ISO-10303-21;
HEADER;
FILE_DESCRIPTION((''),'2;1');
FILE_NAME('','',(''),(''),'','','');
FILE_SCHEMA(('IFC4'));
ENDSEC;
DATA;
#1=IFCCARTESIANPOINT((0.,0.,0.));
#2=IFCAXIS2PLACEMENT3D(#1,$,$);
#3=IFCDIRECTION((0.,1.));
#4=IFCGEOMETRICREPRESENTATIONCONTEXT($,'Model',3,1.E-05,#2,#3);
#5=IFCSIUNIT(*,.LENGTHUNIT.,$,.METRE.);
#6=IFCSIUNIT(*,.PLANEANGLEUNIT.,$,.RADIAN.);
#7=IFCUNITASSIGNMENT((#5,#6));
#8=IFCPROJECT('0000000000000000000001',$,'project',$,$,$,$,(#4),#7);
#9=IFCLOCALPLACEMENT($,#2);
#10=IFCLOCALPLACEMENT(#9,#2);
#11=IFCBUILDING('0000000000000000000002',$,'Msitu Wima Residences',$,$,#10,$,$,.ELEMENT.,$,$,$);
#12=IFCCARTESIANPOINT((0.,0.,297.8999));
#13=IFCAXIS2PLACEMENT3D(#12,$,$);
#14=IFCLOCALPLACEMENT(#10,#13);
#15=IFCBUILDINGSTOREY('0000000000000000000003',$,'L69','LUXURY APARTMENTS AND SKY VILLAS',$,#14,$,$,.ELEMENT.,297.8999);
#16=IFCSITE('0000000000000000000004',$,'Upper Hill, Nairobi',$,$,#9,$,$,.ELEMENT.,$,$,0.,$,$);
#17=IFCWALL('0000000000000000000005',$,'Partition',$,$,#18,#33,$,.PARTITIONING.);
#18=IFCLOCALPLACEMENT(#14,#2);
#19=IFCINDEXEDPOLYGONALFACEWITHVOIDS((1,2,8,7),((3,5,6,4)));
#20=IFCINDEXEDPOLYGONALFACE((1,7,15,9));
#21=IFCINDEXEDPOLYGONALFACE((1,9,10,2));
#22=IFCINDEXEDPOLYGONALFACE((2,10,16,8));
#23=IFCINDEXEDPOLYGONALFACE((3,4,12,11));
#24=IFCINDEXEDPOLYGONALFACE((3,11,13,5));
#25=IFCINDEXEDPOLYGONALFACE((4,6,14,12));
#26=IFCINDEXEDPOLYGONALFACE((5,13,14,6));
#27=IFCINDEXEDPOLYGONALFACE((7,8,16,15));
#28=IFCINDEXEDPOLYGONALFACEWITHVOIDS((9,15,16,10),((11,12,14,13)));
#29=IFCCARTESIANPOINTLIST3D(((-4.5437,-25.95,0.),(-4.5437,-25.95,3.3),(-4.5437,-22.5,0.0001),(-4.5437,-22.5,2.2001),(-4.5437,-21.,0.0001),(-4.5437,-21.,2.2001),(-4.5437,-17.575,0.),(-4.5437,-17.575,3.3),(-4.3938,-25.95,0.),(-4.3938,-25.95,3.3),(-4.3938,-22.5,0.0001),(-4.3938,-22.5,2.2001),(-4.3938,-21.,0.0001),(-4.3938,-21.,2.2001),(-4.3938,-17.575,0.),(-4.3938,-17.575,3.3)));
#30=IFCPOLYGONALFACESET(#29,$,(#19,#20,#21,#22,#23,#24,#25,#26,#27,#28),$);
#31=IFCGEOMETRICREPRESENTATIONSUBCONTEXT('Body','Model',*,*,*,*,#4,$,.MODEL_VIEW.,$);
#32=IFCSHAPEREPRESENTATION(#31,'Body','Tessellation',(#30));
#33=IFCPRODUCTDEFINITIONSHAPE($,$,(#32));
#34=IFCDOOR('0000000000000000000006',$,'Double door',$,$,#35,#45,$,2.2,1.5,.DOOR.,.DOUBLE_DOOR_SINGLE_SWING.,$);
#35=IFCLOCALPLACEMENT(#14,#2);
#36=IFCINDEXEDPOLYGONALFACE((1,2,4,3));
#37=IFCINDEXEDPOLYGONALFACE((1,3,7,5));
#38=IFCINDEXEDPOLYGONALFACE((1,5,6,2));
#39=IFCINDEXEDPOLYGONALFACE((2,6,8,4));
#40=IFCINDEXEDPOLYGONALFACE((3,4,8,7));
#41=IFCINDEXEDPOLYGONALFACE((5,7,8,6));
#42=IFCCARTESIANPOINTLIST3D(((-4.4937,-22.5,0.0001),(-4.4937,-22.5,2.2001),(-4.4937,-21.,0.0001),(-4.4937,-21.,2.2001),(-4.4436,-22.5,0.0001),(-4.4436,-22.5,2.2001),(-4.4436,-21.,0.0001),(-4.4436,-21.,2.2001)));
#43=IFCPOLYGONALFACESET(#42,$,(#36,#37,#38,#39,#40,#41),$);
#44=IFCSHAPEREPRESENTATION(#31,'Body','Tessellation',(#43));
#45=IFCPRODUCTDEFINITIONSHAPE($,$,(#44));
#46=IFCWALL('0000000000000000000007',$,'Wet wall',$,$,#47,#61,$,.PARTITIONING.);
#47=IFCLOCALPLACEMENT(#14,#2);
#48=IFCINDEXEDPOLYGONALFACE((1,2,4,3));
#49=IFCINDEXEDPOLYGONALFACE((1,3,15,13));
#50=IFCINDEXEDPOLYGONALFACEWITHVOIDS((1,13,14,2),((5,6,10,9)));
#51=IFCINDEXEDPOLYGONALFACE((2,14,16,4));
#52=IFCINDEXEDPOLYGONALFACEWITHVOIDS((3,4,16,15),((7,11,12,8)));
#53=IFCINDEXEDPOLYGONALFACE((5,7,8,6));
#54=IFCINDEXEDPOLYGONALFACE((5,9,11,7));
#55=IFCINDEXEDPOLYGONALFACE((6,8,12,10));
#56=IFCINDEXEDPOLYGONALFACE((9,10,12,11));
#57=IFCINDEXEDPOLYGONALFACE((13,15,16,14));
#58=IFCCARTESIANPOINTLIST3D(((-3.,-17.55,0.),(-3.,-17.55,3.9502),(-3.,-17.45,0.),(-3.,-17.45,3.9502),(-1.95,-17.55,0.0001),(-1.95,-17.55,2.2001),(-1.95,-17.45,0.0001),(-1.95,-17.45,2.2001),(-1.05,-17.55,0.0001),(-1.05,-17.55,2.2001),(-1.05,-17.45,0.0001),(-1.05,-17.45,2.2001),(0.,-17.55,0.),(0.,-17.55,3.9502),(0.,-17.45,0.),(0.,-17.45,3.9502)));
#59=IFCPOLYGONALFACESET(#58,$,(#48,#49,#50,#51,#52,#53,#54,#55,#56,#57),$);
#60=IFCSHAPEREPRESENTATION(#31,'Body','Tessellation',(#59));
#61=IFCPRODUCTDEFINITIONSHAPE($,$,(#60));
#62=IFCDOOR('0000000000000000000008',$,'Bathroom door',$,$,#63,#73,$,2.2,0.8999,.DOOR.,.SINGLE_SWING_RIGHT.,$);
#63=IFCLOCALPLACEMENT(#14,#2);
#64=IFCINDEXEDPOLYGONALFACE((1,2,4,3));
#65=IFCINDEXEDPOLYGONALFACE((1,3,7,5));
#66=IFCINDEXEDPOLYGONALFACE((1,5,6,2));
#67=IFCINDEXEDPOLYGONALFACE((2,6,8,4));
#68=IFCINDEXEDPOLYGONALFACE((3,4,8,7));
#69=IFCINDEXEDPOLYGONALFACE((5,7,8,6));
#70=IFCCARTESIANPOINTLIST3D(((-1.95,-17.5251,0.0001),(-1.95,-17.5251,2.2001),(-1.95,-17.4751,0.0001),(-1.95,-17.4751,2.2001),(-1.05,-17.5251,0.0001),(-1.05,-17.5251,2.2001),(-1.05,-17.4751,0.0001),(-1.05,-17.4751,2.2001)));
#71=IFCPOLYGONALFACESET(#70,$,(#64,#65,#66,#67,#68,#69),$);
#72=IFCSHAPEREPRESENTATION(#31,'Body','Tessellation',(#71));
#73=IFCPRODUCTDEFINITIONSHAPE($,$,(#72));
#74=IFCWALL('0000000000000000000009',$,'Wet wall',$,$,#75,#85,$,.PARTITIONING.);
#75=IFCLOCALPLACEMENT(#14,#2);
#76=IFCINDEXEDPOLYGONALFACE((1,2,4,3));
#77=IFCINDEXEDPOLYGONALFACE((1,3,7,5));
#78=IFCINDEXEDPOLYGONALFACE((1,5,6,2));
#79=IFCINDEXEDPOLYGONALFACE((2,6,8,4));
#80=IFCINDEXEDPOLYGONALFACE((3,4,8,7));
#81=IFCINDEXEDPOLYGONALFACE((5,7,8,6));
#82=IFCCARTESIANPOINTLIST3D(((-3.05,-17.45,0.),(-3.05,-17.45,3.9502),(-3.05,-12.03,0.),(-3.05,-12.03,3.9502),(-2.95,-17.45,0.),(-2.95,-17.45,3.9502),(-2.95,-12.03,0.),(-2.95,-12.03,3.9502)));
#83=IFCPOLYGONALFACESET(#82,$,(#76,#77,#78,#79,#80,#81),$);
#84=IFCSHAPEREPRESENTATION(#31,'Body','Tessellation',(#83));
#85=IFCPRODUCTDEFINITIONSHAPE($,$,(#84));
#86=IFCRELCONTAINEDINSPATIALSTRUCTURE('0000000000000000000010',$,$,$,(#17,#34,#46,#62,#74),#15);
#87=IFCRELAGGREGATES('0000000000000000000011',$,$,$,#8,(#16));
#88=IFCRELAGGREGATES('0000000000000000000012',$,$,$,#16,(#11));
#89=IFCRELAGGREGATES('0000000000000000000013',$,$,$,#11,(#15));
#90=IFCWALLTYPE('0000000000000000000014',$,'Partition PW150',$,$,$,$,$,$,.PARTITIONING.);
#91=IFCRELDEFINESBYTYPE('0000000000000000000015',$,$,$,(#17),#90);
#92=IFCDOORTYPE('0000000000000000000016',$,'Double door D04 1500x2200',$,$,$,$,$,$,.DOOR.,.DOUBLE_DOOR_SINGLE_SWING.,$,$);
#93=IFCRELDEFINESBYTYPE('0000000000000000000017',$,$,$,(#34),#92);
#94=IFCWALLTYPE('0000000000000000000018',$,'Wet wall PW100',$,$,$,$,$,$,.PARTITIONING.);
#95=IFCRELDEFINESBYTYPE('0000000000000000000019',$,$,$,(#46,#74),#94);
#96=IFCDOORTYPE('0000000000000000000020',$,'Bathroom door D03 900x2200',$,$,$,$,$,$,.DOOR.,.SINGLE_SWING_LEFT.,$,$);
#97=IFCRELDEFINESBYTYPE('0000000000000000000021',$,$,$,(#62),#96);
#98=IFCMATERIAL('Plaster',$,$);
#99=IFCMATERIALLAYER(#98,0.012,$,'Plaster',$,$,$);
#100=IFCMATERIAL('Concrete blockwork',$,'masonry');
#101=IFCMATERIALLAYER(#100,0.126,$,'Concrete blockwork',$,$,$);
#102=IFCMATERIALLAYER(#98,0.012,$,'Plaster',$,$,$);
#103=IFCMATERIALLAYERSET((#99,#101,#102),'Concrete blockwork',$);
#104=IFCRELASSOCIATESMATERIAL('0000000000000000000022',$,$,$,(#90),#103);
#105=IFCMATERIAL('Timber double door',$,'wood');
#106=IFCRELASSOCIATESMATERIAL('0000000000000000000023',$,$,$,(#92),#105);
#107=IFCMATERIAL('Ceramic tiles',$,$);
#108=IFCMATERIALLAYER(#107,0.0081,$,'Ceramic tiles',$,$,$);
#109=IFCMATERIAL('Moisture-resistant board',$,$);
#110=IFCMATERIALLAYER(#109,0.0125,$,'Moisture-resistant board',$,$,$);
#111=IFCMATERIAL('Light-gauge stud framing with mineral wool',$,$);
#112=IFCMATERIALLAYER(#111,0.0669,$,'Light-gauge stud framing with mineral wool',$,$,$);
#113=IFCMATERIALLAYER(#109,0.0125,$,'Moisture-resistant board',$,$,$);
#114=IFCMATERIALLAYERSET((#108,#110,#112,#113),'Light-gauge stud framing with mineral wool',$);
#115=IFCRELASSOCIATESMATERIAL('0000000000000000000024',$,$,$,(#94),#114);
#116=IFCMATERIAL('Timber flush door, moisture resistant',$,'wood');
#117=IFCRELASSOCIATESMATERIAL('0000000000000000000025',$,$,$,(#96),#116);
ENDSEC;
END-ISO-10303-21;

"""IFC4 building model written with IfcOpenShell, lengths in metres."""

from ifc_helpers import new_model, si_unit, direction, frame, frame_2d, origin, place, context, subcontext, project, spatial, rectangle, extrude, material, layer, layer_set, type_object, element, fill, save


model = new_model("IFC4")

# Units and contexts
model_context = context("Model", 3, precision=1e-05, world=origin(), true_north=direction((0.0, 1.0)))
body_context = subcontext(model_context, "Body", "Model", "MODEL_VIEW")
ifc_project = project(units=[si_unit("LENGTHUNIT", "METRE"), si_unit("PLANEANGLEUNIT", "RADIAN")], contexts=[model_context])

# Site, building, storey
site_placement = place(None, origin())
site = spatial("IfcSite", under=ifc_project, at=site_placement, Name="Upper Hill, Nairobi", CompositionType="ELEMENT", RefElevation=0.0)
building_placement = place(site_placement, origin())
building = spatial("IfcBuilding", under=site, at=building_placement, Name="Msitu Wima Residences", CompositionType="ELEMENT")
storey_placement = place(building_placement, frame((0.0, 0.0, 297.8999)))
storey = spatial("IfcBuildingStorey", under=building, at=storey_placement, Name="L69", Description="LUXURY APARTMENTS AND SKY VILLAS", CompositionType="ELEMENT", Elevation=297.8999)

# Walls, openings, doors
ifc_material_1 = material(Name="Plaster")
ifc_layer_1 = layer(ifc_material_1, 0.012, Name="Plaster")
ifc_material_2 = material(Name="Concrete blockwork", Category="masonry")
ifc_layer_2 = layer(ifc_material_2, 0.126, Name="Concrete blockwork")
ifc_layer_3 = layer(ifc_material_1, 0.012, Name="Plaster")
ifc_layer_set_1 = layer_set([ifc_layer_1, ifc_layer_2, ifc_layer_3], Name="Concrete blockwork")
wall_type_1 = type_object("IfcWallType", Name="Partition PW150", PredefinedType="PARTITIONING", material=ifc_layer_set_1)
wall_1_placement = place(storey_placement, frame((-4.4688, -25.95, 0.0), z_axis=(0.0, 0.0, 1.0), x_axis=(0.0, 1.0, 0.0)))
wall_1 = element("IfcWall", 1, at=wall_1_placement, inside=storey, type_object=wall_type_1, Name="Partition", PredefinedType="PARTITIONING", context=body_context, shape_type="SweptSolid", body=[
    extrude(rectangle(XDim=8.375, YDim=0.1499, at=frame_2d((4.1875, 0.0))), origin(), (0.0, 0.0, 1.0), 3.3),
])
opening_1_placement = place(wall_1_placement, frame((3.45, 0.0, 0.0)))
opening_1 = element("IfcOpeningElement", 2, at=opening_1_placement, cuts=wall_1, PredefinedType="OPENING", context=body_context, shape_type="SweptSolid", body=[
    extrude(rectangle(XDim=1.5, YDim=2.2, at=frame_2d((0.75, 1.1001))), frame((0.0, 0.085, 0.0), z_axis=(0.0, -1.0, 0.0), x_axis=(1.0, 0.0, 0.0)), (0.0, 0.0, 1.0), 0.1699),
])
ifc_material_3 = material(Name="Timber double door", Category="wood")
door_type_1 = type_object("IfcDoorType", Name="Double door D04 1500x2200", OperationType="DOUBLE_DOOR_SINGLE_SWING", PredefinedType="DOOR", material=ifc_material_3)
door_1_placement = place(opening_1_placement, origin())
door_1 = element("IfcDoor", 3, at=door_1_placement, inside=storey, type_object=door_type_1, Name="Double door", OperationType="DOUBLE_DOOR_SINGLE_SWING", OverallHeight=2.2, OverallWidth=1.5, PredefinedType="DOOR", context=body_context, shape_type="SweptSolid", body=[
    extrude(rectangle(XDim=1.5, YDim=2.2, at=frame_2d((0.75, 1.1001))), frame((0.0, 0.0249, 0.0), z_axis=(0.0, -1.0, 0.0), x_axis=(1.0, 0.0, 0.0)), (0.0, 0.0, 1.0), 0.05),
])
fill(opening_1, door_1)
ifc_material_4 = material(Name="Ceramic tiles")
ifc_layer_4 = layer(ifc_material_4, 0.0081, Name="Ceramic tiles")
ifc_material_5 = material(Name="Moisture-resistant board")
ifc_layer_5 = layer(ifc_material_5, 0.0125, Name="Moisture-resistant board")
ifc_material_6 = material(Name="Light-gauge stud framing with mineral wool")
ifc_layer_6 = layer(ifc_material_6, 0.0669, Name="Light-gauge stud framing with mineral wool")
ifc_layer_7 = layer(ifc_material_5, 0.0125, Name="Moisture-resistant board")
ifc_layer_set_2 = layer_set([ifc_layer_4, ifc_layer_5, ifc_layer_6, ifc_layer_7], Name="Light-gauge stud framing with mineral wool")
wall_type_2 = type_object("IfcWallType", Name="Wet wall PW100", PredefinedType="PARTITIONING", material=ifc_layer_set_2)
wall_2_placement = place(storey_placement, frame((-3.0, -17.5, 0.0), z_axis=(0.0, 0.0, 1.0), x_axis=(1.0, 0.0, 0.0)))
wall_2 = element("IfcWall", 4, at=wall_2_placement, inside=storey, type_object=wall_type_2, Name="Wet wall", PredefinedType="PARTITIONING", context=body_context, shape_type="SweptSolid", body=[
    extrude(rectangle(XDim=3.0, YDim=0.1001, at=frame_2d((1.5, 0.0))), origin(), (0.0, 0.0, 1.0), 3.9502),
])
opening_2_placement = place(wall_2_placement, frame((1.05, 0.0, 0.0)))
opening_2 = element("IfcOpeningElement", 5, at=opening_2_placement, cuts=wall_2, PredefinedType="OPENING", context=body_context, shape_type="SweptSolid", body=[
    extrude(rectangle(XDim=0.8999, YDim=2.2, at=frame_2d((0.45, 1.1001))), frame((0.0, 0.0601, 0.0), z_axis=(0.0, -1.0, 0.0), x_axis=(1.0, 0.0, 0.0)), (0.0, 0.0, 1.0), 0.1201),
])
ifc_material_7 = material(Name="Timber flush door, moisture resistant", Category="wood")
door_type_2 = type_object("IfcDoorType", Name="Bathroom door D03 900x2200", OperationType="SINGLE_SWING_LEFT", PredefinedType="DOOR", material=ifc_material_7)
door_2_placement = place(opening_2_placement, origin())
door_2 = element("IfcDoor", 6, at=door_2_placement, inside=storey, type_object=door_type_2, Name="Bathroom door", OperationType="SINGLE_SWING_RIGHT", OverallHeight=2.2, OverallWidth=0.8999, PredefinedType="DOOR", context=body_context, shape_type="SweptSolid", body=[
    extrude(rectangle(XDim=0.8999, YDim=2.2, at=frame_2d((0.45, 1.1001))), frame((0.0, 0.0249, 0.0), z_axis=(0.0, -1.0, 0.0), x_axis=(1.0, 0.0, 0.0)), (0.0, 0.0, 1.0), 0.05),
])
fill(opening_2, door_2)

# Wall
wall_3_placement = place(storey_placement, frame((-3.0, -17.45, 0.0), z_axis=(0.0, 0.0, 1.0), x_axis=(0.0, 1.0, 0.0)))
element("IfcWall", 7, at=wall_3_placement, inside=storey, type_object=wall_type_2, Name="Wet wall", PredefinedType="PARTITIONING", context=body_context, shape_type="SweptSolid", body=[
    extrude(rectangle(XDim=5.4199, YDim=0.1001, at=frame_2d((2.71, 0.0))), origin(), (0.0, 0.0, 1.0), 3.9502),
])

save(model, "model.ifc")
